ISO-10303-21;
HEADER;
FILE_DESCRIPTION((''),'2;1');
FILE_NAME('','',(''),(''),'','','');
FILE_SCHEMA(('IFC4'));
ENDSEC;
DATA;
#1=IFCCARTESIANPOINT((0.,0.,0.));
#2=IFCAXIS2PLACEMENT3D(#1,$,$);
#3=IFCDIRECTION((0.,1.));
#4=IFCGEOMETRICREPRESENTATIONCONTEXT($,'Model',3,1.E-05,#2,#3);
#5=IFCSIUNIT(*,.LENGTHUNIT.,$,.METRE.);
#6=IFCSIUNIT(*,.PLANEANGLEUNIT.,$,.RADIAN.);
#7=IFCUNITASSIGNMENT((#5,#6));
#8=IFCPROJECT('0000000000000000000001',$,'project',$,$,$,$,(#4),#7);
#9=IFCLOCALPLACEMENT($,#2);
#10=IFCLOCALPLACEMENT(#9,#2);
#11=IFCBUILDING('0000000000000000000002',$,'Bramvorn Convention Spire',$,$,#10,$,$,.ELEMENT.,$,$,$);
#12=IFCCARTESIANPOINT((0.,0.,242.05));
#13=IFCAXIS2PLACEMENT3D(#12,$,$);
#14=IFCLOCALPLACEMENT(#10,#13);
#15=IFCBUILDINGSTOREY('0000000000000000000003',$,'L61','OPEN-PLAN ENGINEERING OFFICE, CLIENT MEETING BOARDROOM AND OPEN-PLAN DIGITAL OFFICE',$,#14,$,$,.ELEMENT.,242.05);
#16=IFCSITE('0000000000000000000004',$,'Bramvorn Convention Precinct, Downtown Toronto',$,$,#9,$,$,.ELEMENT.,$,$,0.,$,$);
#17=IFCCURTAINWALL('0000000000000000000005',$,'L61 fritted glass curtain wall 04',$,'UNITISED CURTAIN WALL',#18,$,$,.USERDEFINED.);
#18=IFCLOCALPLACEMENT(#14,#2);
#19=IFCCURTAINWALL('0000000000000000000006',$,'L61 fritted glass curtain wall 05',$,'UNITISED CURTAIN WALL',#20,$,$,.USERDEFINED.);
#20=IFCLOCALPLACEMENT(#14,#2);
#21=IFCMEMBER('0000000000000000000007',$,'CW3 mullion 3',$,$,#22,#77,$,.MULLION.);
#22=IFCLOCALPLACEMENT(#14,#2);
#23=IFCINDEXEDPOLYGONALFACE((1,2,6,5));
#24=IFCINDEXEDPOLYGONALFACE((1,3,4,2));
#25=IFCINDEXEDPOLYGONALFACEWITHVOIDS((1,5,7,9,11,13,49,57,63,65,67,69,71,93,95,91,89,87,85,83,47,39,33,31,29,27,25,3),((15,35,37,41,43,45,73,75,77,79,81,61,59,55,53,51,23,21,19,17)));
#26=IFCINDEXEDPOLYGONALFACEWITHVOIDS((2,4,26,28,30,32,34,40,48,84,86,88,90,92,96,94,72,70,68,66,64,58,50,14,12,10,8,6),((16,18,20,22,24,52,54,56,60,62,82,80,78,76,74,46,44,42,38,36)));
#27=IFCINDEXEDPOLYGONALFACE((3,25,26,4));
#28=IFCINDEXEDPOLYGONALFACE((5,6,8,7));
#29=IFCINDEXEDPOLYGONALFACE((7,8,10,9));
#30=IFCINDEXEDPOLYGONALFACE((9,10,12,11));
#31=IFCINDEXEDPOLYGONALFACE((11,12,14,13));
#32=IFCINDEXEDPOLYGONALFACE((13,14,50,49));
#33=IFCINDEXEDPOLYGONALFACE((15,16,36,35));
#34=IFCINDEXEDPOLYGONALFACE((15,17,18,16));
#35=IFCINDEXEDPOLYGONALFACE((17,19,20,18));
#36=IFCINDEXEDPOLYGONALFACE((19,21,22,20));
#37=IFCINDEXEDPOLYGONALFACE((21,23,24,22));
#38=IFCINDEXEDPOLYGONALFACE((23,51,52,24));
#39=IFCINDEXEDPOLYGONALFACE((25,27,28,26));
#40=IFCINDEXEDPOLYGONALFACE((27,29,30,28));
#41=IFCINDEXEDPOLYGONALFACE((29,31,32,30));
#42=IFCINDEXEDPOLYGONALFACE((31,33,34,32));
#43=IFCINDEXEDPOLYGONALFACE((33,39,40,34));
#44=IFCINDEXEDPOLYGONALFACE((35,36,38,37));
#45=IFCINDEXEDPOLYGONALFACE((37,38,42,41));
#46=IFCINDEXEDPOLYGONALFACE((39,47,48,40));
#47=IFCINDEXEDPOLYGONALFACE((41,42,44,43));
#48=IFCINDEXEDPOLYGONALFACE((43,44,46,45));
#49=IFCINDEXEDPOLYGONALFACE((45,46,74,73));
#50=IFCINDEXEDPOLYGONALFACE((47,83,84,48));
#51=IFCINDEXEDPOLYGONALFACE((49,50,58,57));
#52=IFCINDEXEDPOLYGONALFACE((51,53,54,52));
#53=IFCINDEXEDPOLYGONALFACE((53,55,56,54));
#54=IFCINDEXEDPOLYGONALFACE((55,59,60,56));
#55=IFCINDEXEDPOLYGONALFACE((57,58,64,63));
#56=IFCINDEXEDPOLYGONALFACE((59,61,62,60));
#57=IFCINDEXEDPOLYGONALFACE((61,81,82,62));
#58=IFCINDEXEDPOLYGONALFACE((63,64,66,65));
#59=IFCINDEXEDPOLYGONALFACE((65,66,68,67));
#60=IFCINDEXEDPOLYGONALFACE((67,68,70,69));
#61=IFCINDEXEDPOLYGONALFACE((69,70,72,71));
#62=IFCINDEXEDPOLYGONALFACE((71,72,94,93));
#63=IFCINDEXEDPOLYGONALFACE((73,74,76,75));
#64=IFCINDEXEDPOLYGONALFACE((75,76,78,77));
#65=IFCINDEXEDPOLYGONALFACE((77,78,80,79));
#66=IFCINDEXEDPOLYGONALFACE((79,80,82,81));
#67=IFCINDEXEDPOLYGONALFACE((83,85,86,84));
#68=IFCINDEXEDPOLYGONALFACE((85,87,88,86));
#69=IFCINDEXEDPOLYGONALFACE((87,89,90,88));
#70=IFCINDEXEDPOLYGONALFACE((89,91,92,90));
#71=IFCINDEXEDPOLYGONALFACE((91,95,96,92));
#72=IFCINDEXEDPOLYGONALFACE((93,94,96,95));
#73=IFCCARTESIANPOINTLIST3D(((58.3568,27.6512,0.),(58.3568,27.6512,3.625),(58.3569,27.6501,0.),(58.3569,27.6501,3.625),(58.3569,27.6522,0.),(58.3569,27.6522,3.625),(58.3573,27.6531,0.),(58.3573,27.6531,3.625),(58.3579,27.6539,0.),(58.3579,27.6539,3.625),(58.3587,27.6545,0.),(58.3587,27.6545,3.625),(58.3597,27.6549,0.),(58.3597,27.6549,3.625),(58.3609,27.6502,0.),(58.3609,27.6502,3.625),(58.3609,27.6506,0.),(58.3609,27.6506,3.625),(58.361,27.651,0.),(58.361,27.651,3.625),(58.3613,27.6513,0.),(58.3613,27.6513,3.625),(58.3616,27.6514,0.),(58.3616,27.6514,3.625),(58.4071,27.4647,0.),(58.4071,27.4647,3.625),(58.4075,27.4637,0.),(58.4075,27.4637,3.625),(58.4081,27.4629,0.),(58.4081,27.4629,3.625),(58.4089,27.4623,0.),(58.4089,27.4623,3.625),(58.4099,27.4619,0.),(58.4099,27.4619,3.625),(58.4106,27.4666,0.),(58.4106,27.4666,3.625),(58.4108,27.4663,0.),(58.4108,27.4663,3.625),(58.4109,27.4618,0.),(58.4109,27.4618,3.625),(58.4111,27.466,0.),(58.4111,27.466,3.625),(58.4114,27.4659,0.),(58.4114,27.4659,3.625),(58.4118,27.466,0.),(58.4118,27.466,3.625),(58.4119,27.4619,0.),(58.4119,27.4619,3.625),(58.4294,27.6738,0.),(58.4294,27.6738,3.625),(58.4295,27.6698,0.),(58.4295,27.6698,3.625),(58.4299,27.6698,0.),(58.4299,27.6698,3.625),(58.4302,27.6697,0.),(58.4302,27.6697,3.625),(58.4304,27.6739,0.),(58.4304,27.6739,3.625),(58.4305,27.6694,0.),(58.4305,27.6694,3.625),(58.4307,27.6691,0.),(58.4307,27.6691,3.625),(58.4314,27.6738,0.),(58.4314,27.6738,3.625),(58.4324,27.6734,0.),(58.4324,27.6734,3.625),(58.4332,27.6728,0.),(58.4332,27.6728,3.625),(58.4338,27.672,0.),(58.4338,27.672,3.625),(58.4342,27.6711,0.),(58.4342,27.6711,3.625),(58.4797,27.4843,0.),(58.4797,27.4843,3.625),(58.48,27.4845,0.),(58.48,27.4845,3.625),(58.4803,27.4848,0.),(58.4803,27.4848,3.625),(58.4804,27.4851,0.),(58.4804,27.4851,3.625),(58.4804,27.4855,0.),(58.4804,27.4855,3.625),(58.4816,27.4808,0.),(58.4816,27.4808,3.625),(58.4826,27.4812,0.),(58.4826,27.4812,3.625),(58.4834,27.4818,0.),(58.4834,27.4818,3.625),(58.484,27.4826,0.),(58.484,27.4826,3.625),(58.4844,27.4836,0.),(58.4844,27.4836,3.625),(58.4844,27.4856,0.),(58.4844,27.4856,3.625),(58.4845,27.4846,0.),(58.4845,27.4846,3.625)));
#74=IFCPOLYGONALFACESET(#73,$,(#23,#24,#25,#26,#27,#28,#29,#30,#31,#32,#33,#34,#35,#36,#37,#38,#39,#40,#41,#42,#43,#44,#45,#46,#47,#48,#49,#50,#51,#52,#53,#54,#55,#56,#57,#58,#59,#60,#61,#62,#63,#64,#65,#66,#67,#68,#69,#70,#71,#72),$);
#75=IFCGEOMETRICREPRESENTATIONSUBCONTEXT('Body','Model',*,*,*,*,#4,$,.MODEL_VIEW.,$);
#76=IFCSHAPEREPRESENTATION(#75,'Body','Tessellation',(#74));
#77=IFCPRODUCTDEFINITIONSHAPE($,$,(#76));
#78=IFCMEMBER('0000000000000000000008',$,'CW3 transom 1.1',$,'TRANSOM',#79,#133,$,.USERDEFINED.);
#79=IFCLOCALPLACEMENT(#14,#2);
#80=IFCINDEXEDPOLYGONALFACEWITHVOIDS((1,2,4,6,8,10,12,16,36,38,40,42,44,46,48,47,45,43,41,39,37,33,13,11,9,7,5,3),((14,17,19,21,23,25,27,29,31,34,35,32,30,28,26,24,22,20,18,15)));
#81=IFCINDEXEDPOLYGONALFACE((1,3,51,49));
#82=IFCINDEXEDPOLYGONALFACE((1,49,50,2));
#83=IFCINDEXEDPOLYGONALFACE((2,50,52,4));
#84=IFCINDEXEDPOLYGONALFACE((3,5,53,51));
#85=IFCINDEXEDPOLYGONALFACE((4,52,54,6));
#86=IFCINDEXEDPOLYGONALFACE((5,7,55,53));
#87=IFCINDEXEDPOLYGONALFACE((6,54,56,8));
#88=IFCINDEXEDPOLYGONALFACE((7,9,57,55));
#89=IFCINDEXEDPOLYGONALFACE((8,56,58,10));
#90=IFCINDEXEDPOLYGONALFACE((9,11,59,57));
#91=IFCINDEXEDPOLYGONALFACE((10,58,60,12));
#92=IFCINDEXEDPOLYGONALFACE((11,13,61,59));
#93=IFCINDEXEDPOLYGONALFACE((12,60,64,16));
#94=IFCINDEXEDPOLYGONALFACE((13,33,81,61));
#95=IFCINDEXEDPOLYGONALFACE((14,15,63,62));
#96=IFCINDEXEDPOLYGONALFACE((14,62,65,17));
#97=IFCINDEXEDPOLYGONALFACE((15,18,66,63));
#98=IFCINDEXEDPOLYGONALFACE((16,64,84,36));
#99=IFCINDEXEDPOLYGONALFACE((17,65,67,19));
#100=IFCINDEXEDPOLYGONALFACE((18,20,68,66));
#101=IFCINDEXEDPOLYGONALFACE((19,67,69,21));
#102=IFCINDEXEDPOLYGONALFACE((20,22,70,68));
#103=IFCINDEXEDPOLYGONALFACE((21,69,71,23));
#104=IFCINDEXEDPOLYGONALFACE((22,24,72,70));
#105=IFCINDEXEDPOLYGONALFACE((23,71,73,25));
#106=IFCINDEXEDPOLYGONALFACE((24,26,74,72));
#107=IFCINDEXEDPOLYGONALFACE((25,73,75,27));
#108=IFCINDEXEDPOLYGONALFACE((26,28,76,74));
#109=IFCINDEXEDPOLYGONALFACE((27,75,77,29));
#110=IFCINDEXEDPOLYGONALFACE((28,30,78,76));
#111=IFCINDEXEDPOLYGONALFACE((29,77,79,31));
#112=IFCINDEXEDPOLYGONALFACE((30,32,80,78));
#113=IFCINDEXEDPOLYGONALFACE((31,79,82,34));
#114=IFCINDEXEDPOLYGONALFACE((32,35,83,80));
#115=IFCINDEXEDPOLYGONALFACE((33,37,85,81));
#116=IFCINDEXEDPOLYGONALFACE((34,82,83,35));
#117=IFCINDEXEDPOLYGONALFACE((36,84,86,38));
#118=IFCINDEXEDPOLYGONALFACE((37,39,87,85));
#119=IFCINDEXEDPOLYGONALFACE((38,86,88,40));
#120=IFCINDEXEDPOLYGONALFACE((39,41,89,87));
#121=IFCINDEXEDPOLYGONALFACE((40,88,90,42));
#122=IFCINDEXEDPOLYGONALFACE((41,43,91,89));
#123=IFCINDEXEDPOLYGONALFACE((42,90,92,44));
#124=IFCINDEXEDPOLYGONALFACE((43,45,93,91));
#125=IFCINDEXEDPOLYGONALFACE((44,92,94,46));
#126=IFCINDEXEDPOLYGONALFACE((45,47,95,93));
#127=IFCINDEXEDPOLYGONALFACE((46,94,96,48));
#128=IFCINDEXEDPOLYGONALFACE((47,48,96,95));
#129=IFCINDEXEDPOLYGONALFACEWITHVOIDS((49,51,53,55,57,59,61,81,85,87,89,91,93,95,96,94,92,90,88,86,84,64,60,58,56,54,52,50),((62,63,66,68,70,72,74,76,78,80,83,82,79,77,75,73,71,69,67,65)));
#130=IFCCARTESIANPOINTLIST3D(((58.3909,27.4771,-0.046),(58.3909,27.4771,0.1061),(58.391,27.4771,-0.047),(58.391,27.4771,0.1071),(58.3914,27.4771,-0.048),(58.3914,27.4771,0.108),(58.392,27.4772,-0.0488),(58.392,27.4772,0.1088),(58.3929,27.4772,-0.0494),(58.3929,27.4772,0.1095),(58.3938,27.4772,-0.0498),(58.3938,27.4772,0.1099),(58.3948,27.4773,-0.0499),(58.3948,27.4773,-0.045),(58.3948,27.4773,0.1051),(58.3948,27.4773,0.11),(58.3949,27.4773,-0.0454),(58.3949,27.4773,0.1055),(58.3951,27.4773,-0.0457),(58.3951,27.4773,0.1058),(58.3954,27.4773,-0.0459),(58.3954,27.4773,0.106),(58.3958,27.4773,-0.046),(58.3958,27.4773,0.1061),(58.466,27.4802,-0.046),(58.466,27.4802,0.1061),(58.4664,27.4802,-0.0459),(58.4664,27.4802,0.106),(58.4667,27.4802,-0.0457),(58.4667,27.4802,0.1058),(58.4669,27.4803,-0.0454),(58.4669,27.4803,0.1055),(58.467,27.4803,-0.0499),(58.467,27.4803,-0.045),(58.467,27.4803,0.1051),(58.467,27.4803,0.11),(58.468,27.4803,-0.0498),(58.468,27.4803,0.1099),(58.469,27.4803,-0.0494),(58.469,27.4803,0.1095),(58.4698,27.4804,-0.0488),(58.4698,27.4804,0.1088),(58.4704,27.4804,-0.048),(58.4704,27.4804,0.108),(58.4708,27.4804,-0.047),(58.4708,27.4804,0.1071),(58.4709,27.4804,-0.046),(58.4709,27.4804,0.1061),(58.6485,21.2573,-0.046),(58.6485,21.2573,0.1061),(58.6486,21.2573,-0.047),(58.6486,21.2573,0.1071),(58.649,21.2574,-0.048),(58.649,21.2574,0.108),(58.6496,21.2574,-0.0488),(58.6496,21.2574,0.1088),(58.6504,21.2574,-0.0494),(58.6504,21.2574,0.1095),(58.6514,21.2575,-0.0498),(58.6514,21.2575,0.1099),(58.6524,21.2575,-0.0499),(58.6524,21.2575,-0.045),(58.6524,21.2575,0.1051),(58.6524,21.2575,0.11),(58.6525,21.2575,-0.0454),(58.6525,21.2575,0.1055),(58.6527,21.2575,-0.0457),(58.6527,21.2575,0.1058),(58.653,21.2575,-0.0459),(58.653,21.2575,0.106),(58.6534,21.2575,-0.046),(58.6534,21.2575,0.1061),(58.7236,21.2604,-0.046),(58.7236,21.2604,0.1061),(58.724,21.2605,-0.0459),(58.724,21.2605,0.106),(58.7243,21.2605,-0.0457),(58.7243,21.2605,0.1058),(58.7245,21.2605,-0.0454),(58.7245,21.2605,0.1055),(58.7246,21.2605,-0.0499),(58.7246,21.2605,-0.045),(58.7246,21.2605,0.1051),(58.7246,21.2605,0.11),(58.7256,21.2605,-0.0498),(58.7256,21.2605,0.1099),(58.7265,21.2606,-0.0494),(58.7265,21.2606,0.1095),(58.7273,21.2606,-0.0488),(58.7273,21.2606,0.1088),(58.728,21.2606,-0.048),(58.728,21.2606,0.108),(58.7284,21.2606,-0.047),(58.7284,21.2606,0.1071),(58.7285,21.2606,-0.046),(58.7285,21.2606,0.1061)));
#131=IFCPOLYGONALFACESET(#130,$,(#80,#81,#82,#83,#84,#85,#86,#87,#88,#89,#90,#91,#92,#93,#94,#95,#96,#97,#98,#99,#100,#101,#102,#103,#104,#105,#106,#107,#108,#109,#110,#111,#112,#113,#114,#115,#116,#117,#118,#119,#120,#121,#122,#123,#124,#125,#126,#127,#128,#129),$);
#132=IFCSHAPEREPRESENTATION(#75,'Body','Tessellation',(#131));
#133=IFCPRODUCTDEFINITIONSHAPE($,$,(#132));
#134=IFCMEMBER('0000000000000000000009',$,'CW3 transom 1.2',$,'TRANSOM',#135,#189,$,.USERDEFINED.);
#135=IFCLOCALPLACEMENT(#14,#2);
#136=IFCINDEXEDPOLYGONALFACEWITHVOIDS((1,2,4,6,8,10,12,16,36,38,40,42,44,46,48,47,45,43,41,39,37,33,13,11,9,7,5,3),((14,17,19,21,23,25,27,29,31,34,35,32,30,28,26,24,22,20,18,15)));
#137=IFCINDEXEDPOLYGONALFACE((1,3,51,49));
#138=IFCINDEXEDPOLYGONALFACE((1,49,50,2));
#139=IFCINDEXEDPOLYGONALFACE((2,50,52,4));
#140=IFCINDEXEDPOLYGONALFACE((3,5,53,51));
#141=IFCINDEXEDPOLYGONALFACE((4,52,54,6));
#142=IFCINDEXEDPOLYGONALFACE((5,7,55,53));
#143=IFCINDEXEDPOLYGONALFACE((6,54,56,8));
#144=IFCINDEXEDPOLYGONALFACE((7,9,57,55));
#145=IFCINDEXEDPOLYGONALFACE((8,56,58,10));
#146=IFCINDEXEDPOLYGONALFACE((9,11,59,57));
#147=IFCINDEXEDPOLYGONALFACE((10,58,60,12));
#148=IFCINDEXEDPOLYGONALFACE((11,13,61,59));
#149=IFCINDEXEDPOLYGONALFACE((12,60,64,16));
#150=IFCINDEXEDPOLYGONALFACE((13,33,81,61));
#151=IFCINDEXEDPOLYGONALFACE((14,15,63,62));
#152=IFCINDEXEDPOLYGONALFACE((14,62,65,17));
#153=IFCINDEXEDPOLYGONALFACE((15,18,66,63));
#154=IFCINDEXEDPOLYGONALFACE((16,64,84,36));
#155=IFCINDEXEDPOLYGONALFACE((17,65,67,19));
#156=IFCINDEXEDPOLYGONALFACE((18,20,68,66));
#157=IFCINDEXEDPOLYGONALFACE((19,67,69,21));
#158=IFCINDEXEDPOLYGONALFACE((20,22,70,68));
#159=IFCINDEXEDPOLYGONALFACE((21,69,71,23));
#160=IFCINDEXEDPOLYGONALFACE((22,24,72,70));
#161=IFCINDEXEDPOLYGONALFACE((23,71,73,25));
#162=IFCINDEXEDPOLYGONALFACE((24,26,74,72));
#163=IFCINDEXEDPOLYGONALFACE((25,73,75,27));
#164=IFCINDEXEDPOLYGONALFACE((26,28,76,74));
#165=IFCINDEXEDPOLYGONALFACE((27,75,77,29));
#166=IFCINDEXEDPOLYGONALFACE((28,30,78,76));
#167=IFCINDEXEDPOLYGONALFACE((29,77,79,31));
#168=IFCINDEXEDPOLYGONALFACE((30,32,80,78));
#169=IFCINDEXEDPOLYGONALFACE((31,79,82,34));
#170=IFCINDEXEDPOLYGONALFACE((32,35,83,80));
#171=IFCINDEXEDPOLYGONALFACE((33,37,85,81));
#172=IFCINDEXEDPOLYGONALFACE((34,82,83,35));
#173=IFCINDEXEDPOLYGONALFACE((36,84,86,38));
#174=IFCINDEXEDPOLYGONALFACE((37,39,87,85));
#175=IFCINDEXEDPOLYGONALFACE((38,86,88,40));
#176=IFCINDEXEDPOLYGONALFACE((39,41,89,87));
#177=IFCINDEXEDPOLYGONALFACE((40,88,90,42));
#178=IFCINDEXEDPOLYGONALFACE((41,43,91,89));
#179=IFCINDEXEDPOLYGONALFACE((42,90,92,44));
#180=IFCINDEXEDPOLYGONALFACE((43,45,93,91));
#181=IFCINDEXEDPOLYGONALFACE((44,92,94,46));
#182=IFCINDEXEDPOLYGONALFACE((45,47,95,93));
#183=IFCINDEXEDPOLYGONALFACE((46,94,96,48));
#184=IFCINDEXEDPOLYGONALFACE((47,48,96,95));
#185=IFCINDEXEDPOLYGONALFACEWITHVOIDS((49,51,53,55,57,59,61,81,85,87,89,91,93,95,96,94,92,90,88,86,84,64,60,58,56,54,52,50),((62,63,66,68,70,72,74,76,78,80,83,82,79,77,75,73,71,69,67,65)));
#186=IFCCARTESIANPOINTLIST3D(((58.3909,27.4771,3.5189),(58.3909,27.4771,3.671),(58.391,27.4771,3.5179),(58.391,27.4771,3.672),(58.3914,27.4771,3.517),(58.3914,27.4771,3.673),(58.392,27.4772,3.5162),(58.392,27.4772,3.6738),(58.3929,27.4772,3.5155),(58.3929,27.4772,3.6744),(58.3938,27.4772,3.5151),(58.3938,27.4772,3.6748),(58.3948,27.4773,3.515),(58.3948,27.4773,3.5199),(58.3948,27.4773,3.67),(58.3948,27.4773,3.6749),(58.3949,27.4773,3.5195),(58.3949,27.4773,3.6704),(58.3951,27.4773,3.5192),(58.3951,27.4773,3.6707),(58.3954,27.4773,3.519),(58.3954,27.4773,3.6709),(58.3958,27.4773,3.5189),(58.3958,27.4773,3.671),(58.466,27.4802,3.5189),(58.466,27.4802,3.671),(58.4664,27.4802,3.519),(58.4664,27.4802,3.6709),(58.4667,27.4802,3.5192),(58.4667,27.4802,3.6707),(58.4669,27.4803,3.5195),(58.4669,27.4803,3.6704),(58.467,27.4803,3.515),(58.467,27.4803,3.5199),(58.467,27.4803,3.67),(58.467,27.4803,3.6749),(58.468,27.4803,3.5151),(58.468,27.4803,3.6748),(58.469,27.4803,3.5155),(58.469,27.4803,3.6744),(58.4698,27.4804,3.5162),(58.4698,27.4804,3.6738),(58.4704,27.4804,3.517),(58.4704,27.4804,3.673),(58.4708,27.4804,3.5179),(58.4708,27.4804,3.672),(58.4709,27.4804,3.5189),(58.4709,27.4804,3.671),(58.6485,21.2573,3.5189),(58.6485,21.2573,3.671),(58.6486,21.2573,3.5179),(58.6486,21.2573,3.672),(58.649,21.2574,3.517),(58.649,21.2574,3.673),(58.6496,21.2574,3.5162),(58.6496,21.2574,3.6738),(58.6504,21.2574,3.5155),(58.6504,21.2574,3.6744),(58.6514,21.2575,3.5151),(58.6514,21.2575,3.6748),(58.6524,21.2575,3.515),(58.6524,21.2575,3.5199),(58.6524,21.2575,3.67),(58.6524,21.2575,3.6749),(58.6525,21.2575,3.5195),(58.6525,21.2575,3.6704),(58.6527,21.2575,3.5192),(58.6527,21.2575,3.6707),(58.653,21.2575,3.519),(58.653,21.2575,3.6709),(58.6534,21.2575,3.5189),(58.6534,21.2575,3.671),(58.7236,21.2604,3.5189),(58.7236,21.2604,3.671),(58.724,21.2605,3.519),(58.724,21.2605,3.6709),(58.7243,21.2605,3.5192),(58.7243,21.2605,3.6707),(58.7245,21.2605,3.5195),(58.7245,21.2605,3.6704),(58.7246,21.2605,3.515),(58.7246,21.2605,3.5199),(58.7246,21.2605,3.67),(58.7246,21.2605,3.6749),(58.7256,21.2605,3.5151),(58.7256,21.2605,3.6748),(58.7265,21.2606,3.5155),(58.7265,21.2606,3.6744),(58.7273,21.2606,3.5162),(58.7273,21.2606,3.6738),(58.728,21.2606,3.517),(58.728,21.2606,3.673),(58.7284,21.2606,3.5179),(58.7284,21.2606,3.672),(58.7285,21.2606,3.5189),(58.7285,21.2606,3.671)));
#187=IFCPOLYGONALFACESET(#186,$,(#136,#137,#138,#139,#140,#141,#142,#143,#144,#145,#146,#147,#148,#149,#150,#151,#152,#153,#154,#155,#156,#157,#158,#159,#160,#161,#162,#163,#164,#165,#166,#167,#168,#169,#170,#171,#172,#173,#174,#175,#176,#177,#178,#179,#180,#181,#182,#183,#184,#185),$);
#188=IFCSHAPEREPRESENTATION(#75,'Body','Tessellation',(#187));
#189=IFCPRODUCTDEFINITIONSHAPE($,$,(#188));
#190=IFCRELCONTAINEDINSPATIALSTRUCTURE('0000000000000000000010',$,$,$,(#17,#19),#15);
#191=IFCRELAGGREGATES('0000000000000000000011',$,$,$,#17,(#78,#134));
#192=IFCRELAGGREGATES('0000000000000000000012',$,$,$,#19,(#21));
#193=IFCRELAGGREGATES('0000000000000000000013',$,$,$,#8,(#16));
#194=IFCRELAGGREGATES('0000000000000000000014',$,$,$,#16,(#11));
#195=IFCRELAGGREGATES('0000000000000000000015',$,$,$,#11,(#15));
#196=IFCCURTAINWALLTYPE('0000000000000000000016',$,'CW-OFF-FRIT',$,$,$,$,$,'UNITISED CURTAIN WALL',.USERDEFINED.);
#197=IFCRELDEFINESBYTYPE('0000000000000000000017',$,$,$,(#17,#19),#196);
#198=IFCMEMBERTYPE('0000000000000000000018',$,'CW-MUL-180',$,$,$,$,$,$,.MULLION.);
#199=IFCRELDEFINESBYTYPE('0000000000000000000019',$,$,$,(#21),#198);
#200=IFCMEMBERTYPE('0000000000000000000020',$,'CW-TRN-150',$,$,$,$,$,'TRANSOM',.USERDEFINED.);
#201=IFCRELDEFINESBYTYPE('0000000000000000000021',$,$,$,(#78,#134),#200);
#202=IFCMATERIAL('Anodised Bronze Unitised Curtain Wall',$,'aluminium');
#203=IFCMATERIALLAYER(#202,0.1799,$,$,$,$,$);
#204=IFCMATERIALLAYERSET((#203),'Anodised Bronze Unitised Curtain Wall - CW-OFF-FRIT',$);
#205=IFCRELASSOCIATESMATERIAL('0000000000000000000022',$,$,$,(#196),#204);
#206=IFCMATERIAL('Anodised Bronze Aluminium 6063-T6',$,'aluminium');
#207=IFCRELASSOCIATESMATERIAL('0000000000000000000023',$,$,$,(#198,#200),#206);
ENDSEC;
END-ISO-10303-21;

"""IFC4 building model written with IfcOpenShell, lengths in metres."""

from ifc_helpers import new_model, si_unit, direction, frame, origin, origin_2d, place, context, subcontext, project, spatial, hollow_rectangle, extrude, material, layer, layer_set, material_profile, profile_set, type_object, element, aggregate, save


model = new_model("IFC4")

# Units and contexts
model_context = context("Model", 3, precision=1e-05, world=origin(), true_north=direction((0.0, 1.0)))
body_context = subcontext(model_context, "Body", "Model", "MODEL_VIEW")
ifc_project = project(units=[si_unit("LENGTHUNIT", "METRE"), si_unit("PLANEANGLEUNIT", "RADIAN")], contexts=[model_context])

# Site, building, storey
site_placement = place(None, origin())
site = spatial("IfcSite", under=ifc_project, at=site_placement, Name="Bramvorn Convention Precinct, Downtown Toronto", CompositionType="ELEMENT", RefElevation=0.0)
building_placement = place(site_placement, origin())
building = spatial("IfcBuilding", under=site, at=building_placement, Name="Bramvorn Convention Spire", CompositionType="ELEMENT")
storey_placement = place(building_placement, frame((0.0, 0.0, 242.05)))
storey = spatial("IfcBuildingStorey", under=building, at=storey_placement, Name="L61", Description="OPEN-PLAN ENGINEERING OFFICE, CLIENT MEETING BOARDROOM AND OPEN-PLAN DIGITAL OFFICE", CompositionType="ELEMENT", Elevation=242.05)

# Curtain wall
ifc_material_1 = material(Name="Anodised Bronze Unitised Curtain Wall", Category="aluminium")
ifc_layer_1 = layer(ifc_material_1, 0.1799)
ifc_layer_set_1 = layer_set([ifc_layer_1], Name="Anodised Bronze Unitised Curtain Wall - CW-OFF-FRIT")
curtain_wall_type = type_object("IfcCurtainWallType", Name="CW-OFF-FRIT", ElementType="UNITISED CURTAIN WALL", PredefinedType="USERDEFINED", material=ifc_layer_set_1)
curtain_wall_1_placement = place(storey_placement, origin())
curtain_wall_1 = element("IfcCurtainWall", 1, at=curtain_wall_1_placement, inside=storey, type_object=curtain_wall_type, Name="L61 fritted glass curtain wall 04", ObjectType="UNITISED CURTAIN WALL", PredefinedType="USERDEFINED")
ifc_material_2 = material(Name="Anodised Bronze Aluminium 6063-T6", Category="aluminium")
ifc_material_profile_1 = material_profile(ifc_material_2, hollow_rectangle(XDim=0.0801, YDim=0.2, WallThickness=0.0039, InnerFilletRadius=0.001, OuterFilletRadius=0.0039, at=origin_2d()))
ifc_profile_set_1 = profile_set([ifc_material_profile_1], Name="Anodised Bronze Aluminium 6063-T6 - CWM80X200")
member_type_1 = type_object("IfcMemberType", Name="CW-MUL-180", PredefinedType="MULLION", material=ifc_profile_set_1)

# Curtain wall, member
curtain_wall_2_placement = place(storey_placement, origin())
curtain_wall_2 = element("IfcCurtainWall", 2, at=curtain_wall_2_placement, inside=storey, type_object=curtain_wall_type, Name="L61 fritted glass curtain wall 05", ObjectType="UNITISED CURTAIN WALL", PredefinedType="USERDEFINED")
member_1_placement = place(storey_placement, frame((58.4207, 27.5679, 0.0), z_axis=(0.0, 0.0, 1.0), x_axis=(0.965277, 0.261228, 0.0)))
member_1 = element("IfcMember", 3, at=member_1_placement, type_object=member_type_1, Name="CW3 mullion 3", PredefinedType="MULLION", context=body_context, shape_type="SweptSolid", body=[
    extrude(hollow_rectangle(XDim=0.0801, YDim=0.2, WallThickness=0.0039, InnerFilletRadius=0.001, OuterFilletRadius=0.0039, at=origin_2d()), origin(), (0.0, 0.0, 1.0), 3.625),
])

# Members
ifc_material_profile_2 = material_profile(ifc_material_2, hollow_rectangle(XDim=0.0801, YDim=0.1599, WallThickness=0.0039, InnerFilletRadius=0.001, OuterFilletRadius=0.0039, at=origin_2d()))
ifc_profile_set_2 = profile_set([ifc_material_profile_2], Name="Anodised Bronze Aluminium 6063-T6 - CWT80X160")
member_type_2 = type_object("IfcMemberType", Name="CW-TRN-150", ElementType="TRANSOM", PredefinedType="USERDEFINED", material=ifc_profile_set_2)
member_2_placement = place(storey_placement, frame((58.4309, 27.4788, 0.03), z_axis=(0.041376, -0.999144, 0.0), x_axis=(0.999144, 0.041376, 0.0)))
member_2 = element("IfcMember", 4, at=member_2_placement, type_object=member_type_2, Name="CW3 transom 1.1", ObjectType="TRANSOM", PredefinedType="USERDEFINED", context=body_context, shape_type="SweptSolid", body=[
    extrude(hollow_rectangle(XDim=0.0801, YDim=0.1599, WallThickness=0.0039, InnerFilletRadius=0.001, OuterFilletRadius=0.0039, at=origin_2d()), origin(), (0.0, 0.0, 1.0), 6.2251),
])
member_3_placement = place(storey_placement, frame((58.4309, 27.4788, 3.595), z_axis=(0.041376, -0.999144, 0.0), x_axis=(0.999144, 0.041376, 0.0)))
member_3 = element("IfcMember", 5, at=member_3_placement, type_object=member_type_2, Name="CW3 transom 1.2", ObjectType="TRANSOM", PredefinedType="USERDEFINED", context=body_context, shape_type="SweptSolid", body=[
    extrude(hollow_rectangle(XDim=0.0801, YDim=0.1599, WallThickness=0.0039, InnerFilletRadius=0.001, OuterFilletRadius=0.0039, at=origin_2d()), origin(), (0.0, 0.0, 1.0), 6.2251),
])
aggregate(curtain_wall_1, [member_2, member_3])

aggregate(curtain_wall_2, [member_1])

save(model, "model.ifc")
